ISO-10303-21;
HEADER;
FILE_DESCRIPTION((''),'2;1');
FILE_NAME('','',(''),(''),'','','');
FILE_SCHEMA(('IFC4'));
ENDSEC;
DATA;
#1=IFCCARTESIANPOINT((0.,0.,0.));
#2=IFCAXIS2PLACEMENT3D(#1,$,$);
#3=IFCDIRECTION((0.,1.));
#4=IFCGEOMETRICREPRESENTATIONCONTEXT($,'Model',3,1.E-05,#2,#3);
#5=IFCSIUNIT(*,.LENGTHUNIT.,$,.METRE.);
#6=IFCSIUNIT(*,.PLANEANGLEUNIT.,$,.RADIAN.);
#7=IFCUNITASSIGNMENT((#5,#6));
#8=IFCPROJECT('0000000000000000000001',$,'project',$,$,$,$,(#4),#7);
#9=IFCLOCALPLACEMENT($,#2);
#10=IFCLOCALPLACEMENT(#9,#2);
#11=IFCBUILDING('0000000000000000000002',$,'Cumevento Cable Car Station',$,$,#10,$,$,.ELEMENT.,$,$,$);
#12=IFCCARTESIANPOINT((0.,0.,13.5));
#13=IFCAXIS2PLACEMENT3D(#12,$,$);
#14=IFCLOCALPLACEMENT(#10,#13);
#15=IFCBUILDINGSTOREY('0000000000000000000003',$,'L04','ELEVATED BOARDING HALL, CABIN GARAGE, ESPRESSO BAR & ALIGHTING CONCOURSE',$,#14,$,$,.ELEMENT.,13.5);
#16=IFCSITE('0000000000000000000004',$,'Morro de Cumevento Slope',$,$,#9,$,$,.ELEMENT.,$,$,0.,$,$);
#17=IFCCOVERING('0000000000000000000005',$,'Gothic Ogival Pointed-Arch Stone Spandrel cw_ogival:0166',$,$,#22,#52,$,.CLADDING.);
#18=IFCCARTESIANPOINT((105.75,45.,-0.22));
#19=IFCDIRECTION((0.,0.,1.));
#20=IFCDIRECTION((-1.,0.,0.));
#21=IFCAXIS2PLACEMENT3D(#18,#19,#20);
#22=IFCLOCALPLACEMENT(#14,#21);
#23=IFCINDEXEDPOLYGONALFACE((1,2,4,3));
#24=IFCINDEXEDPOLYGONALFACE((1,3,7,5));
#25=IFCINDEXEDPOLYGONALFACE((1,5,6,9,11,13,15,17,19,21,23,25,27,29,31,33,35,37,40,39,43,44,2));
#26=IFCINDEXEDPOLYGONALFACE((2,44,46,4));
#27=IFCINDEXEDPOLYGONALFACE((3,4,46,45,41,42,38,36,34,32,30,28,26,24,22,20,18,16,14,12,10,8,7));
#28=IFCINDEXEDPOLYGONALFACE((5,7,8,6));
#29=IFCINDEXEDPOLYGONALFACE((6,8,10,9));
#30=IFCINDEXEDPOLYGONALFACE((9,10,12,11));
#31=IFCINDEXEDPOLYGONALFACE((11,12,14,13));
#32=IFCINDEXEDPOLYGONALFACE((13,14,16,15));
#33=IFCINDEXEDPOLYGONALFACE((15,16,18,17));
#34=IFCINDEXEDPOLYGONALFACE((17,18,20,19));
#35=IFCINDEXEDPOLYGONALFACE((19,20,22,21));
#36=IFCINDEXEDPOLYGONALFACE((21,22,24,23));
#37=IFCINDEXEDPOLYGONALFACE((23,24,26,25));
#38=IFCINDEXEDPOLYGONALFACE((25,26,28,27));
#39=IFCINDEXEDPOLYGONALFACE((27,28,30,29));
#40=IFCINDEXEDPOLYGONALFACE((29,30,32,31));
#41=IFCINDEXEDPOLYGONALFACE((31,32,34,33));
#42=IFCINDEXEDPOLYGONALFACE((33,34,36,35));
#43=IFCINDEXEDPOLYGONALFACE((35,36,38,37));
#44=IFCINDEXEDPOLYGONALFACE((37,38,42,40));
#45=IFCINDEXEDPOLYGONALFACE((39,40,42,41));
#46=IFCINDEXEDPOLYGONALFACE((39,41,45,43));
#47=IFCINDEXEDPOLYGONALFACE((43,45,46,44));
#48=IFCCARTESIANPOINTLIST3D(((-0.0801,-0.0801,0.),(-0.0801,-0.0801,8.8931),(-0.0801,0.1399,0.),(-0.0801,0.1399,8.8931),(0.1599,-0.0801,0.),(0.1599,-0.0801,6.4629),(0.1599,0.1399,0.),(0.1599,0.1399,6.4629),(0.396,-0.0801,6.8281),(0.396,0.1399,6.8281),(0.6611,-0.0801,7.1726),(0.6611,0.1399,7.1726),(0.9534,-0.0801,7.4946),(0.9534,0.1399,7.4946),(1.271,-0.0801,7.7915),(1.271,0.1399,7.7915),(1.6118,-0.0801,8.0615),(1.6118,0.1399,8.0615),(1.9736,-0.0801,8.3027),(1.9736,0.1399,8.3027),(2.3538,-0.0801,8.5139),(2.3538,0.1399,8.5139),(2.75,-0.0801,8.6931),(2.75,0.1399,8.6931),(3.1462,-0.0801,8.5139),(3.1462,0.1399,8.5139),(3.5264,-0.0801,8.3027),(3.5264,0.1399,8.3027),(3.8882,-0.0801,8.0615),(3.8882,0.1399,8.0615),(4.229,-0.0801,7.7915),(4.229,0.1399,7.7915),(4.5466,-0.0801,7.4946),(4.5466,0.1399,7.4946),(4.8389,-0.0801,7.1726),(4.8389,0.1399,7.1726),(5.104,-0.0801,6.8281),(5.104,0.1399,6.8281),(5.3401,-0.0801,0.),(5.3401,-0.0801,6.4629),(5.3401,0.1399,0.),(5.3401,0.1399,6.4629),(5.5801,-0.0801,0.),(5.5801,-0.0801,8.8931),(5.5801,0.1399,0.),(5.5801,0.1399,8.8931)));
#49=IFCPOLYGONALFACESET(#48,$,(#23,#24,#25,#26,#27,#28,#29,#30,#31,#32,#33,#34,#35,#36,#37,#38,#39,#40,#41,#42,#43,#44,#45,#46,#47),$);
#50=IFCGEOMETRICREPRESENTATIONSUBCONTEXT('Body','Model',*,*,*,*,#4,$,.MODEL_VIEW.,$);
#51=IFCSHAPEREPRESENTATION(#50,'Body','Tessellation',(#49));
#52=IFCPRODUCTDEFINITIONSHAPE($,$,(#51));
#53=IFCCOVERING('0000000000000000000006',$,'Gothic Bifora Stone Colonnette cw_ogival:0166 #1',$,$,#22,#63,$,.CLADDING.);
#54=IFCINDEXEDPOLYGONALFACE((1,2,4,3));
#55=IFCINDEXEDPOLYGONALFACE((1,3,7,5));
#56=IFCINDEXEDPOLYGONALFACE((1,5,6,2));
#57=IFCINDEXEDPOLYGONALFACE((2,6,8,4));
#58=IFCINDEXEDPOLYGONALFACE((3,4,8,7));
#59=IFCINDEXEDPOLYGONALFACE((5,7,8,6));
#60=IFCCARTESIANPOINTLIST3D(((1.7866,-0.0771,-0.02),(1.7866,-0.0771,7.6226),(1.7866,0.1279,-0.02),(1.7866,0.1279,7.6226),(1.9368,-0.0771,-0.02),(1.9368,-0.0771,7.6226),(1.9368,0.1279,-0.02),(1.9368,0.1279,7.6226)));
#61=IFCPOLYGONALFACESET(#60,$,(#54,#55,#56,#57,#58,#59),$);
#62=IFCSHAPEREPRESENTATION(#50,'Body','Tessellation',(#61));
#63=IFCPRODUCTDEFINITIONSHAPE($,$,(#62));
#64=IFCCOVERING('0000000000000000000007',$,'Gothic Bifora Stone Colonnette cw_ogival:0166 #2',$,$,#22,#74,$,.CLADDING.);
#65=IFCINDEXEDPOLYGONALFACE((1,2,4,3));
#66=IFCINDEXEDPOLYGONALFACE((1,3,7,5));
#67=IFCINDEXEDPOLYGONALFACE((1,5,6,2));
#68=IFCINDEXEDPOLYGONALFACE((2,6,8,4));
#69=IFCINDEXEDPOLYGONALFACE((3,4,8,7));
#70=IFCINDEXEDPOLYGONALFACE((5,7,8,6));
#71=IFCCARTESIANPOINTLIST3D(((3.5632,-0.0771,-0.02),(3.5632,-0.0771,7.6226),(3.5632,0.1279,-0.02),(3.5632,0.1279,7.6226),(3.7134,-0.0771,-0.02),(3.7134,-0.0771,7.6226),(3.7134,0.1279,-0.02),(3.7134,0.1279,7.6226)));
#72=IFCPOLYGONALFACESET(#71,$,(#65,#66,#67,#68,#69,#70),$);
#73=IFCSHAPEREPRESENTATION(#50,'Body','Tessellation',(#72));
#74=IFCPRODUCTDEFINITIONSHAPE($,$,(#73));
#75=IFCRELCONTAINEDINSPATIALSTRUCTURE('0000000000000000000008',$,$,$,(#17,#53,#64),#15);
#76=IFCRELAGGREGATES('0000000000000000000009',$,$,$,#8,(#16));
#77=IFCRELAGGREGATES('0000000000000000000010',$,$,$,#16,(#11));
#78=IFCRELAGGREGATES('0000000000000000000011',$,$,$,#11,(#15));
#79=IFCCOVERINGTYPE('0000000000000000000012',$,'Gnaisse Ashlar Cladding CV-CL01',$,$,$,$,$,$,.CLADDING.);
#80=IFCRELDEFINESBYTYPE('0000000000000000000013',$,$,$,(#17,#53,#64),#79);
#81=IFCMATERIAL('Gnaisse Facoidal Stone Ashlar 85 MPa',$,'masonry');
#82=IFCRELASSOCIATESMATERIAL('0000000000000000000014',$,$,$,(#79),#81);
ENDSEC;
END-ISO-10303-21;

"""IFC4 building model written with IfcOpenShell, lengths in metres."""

from ifc_helpers import new_model, si_unit, direction, frame, origin, place, context, subcontext, project, spatial, polyline, outline, extrude, material, type_object, element, save


model = new_model("IFC4")

# Units and contexts
model_context = context("Model", 3, precision=1e-05, world=origin(), true_north=direction((0.0, 1.0)))
body_context = subcontext(model_context, "Body", "Model", "MODEL_VIEW")
ifc_project = project(units=[si_unit("LENGTHUNIT", "METRE"), si_unit("PLANEANGLEUNIT", "RADIAN")], contexts=[model_context])

# Site, building, storey
site_placement = place(None, origin())
site = spatial("IfcSite", under=ifc_project, at=site_placement, Name="Morro de Cumevento Slope", CompositionType="ELEMENT", RefElevation=0.0)
building_placement = place(site_placement, origin())
building = spatial("IfcBuilding", under=site, at=building_placement, Name="Cumevento Cable Car Station", CompositionType="ELEMENT")
storey_placement = place(building_placement, frame((0.0, 0.0, 13.5)))
storey = spatial("IfcBuildingStorey", under=building, at=storey_placement, Name="L04", Description="ELEVATED BOARDING HALL, CABIN GARAGE, ESPRESSO BAR & ALIGHTING CONCOURSE", CompositionType="ELEMENT", Elevation=13.5)

# Coverings
ifc_material_1 = material(Name="Gnaisse Facoidal Stone Ashlar 85 MPa", Category="masonry")
covering_type = type_object("IfcCoveringType", Name="Gnaisse Ashlar Cladding CV-CL01", PredefinedType="CLADDING", material=ifc_material_1)
placement = place(storey_placement, frame((105.75, 45.0, -0.22), z_axis=(0.0, 0.0, 1.0), x_axis=(-1.0, 0.0, 0.0)))
element("IfcCovering", 1, at=placement, inside=storey, type_object=covering_type, Name="Gothic Ogival Pointed-Arch Stone Spandrel cw_ogival:0166", PredefinedType="CLADDING", context=body_context, shape_type="SweptSolid", body=[
    extrude(outline(polyline([(-0.0801, 0.0), (-0.0801, 8.8931), (5.5801, 8.8931), (5.5801, 0.0), (5.3401, 0.0), (5.3401, 6.4629), (5.104, 6.8281), (4.8389, 7.1726), (4.5466, 7.4946), (4.229, 7.7915), (3.8882, 8.0615), (3.5264, 8.3027), (3.1462, 8.5139), (2.75, 8.6931), (2.3538, 8.5139), (1.9736, 8.3027), (1.6118, 8.0615), (1.271, 7.7915), (0.9534, 7.4946), (0.6611, 7.1726), (0.396, 6.8281), (0.1599, 6.4629), (0.1599, 0.0), (-0.0801, 0.0)])), frame((0.0, 0.1399, 0.0), z_axis=(0.0, -1.0, 0.0), x_axis=(1.0, 0.0, 0.0)), (0.0, 0.0, 1.0), 0.22),
])
element("IfcCovering", 2, at=placement, inside=storey, type_object=covering_type, Name="Gothic Bifora Stone Colonnette cw_ogival:0166 #1", PredefinedType="CLADDING", context=body_context, shape_type="SweptSolid", body=[
    extrude(outline(polyline([(1.7866, -0.02), (1.9368, -0.02), (1.9368, 7.6226), (1.7866, 7.6226), (1.7866, -0.02)])), frame((0.0, 0.1279, 0.0), z_axis=(0.0, -1.0, 0.0), x_axis=(1.0, 0.0, 0.0)), (0.0, 0.0, 1.0), 0.2051),
])
element("IfcCovering", 3, at=placement, inside=storey, type_object=covering_type, Name="Gothic Bifora Stone Colonnette cw_ogival:0166 #2", PredefinedType="CLADDING", context=body_context, shape_type="SweptSolid", body=[
    extrude(outline(polyline([(3.5632, -0.02), (3.7134, -0.02), (3.7134, 7.6226), (3.5632, 7.6226), (3.5632, -0.02)])), frame((0.0, 0.1279, 0.0), z_axis=(0.0, -1.0, 0.0), x_axis=(1.0, 0.0, 0.0)), (0.0, 0.0, 1.0), 0.2051),
])

save(model, "model.ifc")
